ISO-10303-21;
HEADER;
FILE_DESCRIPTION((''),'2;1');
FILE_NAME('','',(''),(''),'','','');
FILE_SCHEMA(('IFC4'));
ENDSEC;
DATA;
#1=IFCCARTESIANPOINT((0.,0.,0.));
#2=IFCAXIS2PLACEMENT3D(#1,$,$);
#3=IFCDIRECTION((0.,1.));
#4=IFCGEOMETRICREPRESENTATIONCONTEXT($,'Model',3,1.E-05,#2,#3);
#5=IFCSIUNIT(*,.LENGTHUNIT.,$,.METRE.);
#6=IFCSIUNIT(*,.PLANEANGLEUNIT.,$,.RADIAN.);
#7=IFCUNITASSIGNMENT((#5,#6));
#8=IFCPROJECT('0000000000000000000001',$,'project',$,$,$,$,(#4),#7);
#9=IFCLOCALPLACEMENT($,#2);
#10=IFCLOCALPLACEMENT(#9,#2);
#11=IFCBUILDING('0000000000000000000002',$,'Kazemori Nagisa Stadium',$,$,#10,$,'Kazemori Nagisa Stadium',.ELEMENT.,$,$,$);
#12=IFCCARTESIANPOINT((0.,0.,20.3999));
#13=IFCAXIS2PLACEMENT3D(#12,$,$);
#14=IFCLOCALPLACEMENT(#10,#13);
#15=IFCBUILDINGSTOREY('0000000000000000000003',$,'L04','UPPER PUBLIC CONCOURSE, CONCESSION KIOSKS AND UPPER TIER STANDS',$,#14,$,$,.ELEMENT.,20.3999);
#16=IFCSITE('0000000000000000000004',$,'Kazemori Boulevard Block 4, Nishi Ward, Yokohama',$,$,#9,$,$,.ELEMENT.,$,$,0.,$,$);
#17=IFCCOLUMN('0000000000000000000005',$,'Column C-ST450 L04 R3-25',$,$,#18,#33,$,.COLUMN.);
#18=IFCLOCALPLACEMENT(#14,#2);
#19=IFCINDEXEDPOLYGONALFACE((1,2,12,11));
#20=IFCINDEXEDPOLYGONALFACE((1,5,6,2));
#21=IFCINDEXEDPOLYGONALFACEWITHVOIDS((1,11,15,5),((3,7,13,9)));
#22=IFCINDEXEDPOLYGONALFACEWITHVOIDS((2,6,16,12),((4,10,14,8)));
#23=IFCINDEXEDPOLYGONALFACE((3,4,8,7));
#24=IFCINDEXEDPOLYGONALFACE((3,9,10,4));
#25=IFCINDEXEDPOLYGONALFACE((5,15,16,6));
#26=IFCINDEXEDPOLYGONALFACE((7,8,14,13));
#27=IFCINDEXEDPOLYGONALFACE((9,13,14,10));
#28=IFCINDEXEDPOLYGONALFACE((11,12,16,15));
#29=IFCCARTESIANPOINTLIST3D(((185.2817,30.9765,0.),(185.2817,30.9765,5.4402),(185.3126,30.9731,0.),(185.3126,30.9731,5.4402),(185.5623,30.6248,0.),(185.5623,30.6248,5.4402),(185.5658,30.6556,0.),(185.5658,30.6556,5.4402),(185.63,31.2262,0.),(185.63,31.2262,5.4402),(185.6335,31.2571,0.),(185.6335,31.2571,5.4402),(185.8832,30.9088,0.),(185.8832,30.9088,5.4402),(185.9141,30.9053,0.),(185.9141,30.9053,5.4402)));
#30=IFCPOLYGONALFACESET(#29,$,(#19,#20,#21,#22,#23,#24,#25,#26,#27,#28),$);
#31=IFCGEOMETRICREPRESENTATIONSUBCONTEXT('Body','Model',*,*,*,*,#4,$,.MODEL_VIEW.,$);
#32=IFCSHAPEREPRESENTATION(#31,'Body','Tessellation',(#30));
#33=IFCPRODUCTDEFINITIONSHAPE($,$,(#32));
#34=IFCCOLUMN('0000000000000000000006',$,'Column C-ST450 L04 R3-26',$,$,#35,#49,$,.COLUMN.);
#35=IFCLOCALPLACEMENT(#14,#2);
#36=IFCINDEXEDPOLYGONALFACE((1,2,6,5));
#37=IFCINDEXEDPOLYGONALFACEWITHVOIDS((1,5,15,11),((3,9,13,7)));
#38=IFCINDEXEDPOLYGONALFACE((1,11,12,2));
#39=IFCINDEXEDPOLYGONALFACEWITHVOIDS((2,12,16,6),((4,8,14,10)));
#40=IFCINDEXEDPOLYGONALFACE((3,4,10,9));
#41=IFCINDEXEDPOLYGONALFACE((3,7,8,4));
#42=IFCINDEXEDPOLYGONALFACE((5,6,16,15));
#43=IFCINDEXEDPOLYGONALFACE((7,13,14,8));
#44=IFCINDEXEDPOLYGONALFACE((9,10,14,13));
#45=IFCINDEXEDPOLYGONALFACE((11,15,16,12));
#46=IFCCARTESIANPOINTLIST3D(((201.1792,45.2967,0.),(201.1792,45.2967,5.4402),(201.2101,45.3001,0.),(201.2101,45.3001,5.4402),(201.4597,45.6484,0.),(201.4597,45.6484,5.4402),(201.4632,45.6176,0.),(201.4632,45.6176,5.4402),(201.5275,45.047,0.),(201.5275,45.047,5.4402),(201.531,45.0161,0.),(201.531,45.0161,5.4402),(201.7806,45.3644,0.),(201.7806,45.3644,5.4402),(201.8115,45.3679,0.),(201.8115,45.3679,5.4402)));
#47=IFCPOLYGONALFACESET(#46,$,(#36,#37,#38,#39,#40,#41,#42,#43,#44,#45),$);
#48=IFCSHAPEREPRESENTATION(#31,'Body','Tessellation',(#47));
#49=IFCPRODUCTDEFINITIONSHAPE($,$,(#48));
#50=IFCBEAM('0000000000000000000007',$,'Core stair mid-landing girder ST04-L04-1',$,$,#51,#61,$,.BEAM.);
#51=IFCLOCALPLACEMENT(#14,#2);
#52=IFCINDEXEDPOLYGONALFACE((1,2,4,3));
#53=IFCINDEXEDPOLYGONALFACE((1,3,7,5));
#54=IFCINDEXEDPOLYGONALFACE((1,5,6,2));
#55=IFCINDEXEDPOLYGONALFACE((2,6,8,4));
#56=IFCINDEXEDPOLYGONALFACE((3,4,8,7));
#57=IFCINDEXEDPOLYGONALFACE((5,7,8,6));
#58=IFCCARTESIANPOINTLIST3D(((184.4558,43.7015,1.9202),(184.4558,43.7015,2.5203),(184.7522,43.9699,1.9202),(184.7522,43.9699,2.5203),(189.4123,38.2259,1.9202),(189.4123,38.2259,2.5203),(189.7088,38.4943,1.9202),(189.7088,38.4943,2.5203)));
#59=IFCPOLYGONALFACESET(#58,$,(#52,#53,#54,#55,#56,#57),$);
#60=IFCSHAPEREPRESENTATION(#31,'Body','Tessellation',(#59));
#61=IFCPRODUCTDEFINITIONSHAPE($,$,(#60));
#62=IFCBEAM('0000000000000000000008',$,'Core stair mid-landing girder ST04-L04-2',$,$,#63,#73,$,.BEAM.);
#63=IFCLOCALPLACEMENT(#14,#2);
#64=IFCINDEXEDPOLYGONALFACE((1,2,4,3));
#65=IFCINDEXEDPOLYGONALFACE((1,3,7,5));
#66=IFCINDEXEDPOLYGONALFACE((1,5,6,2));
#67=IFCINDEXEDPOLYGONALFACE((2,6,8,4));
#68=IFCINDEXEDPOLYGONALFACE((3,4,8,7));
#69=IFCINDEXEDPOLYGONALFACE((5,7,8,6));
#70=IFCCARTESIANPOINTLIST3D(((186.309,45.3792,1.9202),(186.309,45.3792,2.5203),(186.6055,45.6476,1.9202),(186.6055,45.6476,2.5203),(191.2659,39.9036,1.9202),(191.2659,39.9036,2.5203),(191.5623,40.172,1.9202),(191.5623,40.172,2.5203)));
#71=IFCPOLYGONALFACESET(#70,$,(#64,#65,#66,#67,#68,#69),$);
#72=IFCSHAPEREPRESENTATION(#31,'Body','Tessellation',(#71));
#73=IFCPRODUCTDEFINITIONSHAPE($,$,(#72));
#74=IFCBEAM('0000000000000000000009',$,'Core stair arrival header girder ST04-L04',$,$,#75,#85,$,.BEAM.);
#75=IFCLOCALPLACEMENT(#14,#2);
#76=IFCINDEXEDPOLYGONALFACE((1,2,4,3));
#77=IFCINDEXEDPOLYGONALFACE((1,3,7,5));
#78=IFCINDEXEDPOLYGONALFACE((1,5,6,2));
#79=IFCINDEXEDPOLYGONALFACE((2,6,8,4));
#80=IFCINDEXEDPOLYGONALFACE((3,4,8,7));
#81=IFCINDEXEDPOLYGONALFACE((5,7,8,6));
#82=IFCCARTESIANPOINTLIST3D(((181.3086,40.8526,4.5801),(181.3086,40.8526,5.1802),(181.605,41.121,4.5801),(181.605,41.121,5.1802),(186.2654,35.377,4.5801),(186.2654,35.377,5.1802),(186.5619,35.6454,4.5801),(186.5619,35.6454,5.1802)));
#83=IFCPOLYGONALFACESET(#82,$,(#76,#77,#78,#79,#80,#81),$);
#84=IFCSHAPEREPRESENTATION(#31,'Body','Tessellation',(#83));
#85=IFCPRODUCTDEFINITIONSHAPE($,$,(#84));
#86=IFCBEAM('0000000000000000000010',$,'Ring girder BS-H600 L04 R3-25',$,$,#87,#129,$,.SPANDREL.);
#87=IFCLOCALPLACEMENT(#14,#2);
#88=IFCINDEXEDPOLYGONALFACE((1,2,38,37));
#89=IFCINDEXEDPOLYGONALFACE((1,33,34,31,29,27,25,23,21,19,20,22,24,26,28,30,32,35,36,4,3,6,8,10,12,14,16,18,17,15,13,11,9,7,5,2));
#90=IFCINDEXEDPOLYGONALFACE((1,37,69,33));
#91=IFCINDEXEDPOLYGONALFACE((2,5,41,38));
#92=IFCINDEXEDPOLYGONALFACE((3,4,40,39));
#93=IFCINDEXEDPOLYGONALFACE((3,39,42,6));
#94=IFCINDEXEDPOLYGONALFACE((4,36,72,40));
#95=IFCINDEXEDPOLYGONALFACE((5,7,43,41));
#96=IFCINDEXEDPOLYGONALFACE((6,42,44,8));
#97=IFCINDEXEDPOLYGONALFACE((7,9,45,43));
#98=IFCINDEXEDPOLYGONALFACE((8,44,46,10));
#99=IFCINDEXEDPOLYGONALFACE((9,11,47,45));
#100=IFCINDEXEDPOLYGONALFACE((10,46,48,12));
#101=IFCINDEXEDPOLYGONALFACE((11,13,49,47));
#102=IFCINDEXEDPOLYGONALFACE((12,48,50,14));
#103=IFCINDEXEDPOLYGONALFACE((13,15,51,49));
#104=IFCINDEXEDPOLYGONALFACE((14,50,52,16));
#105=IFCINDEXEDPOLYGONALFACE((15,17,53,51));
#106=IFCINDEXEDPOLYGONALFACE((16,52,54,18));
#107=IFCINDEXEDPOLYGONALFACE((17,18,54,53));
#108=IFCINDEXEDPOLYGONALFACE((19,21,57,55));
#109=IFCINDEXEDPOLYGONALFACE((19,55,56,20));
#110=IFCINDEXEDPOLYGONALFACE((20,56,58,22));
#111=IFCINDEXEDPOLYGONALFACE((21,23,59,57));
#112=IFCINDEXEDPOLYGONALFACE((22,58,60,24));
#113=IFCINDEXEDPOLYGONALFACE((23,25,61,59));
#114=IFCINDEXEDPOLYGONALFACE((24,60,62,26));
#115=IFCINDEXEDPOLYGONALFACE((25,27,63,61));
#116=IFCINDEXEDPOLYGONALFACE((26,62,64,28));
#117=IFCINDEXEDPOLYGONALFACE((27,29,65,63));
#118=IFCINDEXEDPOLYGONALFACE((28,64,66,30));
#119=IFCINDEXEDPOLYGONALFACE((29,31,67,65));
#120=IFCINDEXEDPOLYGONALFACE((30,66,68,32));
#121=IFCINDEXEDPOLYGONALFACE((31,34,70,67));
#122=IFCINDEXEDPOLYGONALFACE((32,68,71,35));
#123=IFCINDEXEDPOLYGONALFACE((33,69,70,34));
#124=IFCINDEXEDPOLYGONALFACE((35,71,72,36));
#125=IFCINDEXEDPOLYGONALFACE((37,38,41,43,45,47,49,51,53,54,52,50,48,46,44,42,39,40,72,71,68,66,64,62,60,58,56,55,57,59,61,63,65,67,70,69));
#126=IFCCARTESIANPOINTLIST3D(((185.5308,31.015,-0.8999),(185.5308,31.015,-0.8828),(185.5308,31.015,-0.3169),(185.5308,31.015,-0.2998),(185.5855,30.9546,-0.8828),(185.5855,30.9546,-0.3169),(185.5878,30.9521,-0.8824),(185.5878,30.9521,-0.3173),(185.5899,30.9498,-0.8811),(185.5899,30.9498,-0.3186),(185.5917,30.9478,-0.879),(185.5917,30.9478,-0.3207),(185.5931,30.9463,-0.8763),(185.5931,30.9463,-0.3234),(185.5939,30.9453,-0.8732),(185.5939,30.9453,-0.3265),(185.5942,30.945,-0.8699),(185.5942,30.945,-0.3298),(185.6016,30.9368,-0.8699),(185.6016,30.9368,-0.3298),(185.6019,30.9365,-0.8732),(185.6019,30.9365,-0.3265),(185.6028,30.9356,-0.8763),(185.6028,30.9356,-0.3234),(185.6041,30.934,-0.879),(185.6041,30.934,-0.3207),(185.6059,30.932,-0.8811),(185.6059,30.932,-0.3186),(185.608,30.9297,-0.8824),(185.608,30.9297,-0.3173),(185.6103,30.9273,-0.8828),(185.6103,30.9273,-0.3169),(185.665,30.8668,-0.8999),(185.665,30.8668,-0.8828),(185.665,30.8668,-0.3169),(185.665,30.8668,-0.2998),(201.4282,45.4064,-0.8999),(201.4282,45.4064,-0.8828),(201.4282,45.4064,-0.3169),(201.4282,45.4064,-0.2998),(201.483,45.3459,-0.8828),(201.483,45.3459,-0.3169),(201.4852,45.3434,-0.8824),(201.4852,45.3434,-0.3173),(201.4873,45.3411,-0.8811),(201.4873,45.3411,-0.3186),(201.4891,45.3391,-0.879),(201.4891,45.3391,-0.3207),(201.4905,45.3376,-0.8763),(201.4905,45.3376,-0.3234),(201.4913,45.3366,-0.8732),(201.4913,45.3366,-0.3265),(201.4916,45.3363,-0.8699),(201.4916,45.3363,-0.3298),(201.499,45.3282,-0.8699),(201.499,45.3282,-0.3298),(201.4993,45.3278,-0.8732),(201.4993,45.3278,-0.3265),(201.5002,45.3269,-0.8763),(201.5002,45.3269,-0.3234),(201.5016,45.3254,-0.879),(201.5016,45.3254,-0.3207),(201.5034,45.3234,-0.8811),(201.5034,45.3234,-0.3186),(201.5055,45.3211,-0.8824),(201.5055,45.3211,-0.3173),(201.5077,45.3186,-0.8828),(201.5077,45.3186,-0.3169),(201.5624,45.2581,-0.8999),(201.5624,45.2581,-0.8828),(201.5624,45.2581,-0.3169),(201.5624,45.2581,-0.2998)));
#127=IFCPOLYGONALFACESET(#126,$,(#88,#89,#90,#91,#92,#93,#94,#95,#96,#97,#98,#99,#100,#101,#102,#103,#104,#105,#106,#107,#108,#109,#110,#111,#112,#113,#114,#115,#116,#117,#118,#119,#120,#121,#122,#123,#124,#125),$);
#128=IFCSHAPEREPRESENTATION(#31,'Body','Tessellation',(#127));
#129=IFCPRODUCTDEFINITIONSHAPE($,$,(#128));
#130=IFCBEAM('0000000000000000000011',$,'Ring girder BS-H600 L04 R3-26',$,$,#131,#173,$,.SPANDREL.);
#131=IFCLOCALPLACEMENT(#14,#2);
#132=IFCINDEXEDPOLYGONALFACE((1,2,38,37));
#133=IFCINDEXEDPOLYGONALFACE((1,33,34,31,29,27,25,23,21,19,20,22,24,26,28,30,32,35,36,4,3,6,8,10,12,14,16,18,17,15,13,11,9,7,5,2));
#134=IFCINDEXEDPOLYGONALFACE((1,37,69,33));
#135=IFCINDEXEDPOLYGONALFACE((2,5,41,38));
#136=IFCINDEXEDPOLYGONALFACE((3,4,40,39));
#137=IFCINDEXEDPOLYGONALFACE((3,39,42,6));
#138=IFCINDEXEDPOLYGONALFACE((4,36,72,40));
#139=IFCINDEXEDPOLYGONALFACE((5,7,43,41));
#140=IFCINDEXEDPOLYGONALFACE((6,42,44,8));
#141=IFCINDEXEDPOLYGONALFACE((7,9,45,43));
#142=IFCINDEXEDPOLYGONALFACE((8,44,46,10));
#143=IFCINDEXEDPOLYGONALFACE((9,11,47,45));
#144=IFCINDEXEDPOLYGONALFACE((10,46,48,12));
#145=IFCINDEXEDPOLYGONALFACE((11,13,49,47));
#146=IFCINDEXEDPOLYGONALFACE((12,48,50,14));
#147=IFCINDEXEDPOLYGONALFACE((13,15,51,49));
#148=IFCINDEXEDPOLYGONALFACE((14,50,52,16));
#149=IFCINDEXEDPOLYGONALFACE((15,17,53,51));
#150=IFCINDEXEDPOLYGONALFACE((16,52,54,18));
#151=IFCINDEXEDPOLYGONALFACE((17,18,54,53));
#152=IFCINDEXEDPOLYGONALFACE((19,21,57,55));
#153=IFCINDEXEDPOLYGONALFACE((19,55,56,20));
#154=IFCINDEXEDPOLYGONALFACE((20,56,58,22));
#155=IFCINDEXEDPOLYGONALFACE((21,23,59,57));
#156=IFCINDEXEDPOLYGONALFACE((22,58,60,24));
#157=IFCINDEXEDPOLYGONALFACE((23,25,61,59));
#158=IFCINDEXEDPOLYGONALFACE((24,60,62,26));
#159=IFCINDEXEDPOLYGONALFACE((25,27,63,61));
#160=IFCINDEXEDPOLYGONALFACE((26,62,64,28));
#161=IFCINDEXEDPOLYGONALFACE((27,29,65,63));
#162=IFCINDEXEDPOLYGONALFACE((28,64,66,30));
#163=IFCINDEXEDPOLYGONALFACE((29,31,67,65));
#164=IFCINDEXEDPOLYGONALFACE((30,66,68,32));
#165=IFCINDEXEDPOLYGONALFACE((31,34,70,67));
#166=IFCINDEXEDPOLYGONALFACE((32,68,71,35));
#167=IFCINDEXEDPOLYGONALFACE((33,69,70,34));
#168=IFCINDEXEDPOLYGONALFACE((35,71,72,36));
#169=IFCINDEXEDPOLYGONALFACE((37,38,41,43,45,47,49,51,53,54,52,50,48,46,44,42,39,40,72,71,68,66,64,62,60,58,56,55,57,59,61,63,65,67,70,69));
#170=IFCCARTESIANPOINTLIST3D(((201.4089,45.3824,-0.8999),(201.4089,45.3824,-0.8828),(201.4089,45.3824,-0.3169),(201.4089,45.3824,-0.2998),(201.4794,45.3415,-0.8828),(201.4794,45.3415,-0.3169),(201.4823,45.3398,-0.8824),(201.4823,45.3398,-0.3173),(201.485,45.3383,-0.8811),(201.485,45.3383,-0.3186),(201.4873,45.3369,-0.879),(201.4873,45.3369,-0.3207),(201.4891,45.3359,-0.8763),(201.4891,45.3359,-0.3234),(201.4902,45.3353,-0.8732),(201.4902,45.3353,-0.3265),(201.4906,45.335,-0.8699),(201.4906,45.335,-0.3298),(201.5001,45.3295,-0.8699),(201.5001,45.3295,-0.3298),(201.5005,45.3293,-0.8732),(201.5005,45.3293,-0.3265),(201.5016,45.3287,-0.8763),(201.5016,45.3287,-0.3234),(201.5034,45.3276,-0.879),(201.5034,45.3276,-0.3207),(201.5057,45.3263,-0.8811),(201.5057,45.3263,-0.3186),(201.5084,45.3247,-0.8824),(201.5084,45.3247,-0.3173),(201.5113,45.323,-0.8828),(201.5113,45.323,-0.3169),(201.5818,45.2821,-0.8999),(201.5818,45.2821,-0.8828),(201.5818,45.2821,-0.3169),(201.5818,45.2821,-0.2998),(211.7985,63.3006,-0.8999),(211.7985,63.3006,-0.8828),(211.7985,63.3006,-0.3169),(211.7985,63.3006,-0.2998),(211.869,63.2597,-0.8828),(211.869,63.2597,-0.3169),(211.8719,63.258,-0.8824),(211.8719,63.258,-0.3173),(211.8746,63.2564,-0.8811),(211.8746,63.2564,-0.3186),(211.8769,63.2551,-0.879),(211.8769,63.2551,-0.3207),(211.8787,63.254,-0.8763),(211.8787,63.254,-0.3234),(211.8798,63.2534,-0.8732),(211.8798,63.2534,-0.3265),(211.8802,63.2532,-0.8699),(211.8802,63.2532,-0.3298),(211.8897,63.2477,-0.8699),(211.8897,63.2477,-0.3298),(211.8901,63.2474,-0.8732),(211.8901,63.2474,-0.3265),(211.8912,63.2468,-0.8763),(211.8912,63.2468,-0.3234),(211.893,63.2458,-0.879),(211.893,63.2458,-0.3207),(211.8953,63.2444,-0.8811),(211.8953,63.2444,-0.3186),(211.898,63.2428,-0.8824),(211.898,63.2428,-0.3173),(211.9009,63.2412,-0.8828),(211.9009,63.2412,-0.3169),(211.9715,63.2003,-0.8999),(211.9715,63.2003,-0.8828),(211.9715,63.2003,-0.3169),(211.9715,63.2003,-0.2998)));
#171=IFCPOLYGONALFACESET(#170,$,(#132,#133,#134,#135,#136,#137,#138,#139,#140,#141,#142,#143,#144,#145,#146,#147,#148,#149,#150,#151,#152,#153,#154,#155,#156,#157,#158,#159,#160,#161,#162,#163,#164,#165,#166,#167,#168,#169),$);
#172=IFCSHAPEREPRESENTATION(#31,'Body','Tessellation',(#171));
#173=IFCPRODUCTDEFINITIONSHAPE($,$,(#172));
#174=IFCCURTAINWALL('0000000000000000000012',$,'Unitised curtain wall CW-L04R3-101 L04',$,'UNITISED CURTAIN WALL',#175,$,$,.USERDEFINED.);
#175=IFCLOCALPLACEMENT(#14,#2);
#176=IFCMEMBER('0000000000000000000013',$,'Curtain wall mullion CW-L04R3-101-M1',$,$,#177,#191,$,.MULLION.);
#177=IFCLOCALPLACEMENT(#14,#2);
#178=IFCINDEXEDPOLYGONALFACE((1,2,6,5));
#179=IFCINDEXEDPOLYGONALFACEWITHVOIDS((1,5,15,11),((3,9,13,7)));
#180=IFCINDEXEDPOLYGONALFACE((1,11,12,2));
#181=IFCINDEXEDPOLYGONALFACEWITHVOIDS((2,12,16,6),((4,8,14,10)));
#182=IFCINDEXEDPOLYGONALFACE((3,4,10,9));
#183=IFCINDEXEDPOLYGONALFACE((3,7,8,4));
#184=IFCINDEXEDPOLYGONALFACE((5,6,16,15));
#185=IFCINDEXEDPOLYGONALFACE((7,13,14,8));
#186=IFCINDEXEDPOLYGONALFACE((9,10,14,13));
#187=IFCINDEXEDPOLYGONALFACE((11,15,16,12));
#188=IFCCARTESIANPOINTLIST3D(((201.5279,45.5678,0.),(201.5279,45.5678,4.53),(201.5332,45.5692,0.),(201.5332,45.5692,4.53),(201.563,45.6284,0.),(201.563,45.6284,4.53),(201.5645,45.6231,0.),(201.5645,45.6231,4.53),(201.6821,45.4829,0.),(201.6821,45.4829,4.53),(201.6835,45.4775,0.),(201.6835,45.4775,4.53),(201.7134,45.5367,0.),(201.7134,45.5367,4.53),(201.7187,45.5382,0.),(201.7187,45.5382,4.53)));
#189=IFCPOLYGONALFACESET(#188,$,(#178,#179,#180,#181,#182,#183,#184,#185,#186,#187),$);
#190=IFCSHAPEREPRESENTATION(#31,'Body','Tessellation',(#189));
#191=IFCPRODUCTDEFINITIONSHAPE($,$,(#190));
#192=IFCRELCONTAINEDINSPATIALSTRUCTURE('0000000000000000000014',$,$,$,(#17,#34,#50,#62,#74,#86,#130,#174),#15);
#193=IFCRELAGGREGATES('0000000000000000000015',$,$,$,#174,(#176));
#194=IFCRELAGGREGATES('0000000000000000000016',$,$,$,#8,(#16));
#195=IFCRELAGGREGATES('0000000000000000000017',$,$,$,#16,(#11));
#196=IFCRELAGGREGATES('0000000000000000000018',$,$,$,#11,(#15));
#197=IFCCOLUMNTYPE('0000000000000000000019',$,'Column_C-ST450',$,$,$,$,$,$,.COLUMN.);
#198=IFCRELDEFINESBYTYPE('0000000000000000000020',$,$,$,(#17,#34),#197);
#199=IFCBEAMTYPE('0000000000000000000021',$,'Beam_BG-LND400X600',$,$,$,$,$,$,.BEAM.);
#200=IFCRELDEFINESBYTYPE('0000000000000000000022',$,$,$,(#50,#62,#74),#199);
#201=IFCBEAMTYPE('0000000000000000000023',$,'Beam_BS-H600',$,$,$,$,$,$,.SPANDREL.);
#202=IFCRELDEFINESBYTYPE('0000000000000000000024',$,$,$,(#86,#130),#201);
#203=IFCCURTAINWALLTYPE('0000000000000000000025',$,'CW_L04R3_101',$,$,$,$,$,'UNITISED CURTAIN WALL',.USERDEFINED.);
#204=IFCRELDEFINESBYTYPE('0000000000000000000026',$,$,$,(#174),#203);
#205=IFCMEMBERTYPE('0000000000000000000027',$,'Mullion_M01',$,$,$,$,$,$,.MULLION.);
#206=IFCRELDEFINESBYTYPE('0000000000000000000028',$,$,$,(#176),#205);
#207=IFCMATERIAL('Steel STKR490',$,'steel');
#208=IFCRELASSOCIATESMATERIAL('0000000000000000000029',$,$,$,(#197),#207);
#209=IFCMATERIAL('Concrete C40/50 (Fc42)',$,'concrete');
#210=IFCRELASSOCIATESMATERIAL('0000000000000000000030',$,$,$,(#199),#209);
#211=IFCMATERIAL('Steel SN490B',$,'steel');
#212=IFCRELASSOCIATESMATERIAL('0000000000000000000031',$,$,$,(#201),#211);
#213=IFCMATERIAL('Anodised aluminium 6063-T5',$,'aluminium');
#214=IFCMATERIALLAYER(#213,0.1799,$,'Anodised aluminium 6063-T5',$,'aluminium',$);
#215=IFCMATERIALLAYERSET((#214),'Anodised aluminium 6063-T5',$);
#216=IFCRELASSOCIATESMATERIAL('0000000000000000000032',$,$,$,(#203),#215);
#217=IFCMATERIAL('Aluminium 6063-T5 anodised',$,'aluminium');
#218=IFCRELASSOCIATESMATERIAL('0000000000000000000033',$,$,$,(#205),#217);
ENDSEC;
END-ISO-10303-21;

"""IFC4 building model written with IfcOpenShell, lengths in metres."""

from ifc_helpers import new_model, si_unit, direction, frame, origin, origin_2d, place, context, subcontext, project, spatial, rectangle, hollow_rectangle, i_section, extrude, material, layer, layer_set, material_profile, profile_set, type_object, element, aggregate, save


model = new_model("IFC4")

# Units and contexts
model_context = context("Model", 3, precision=1e-05, world=origin(), true_north=direction((0.0, 1.0)))
body_context = subcontext(model_context, "Body", "Model", "MODEL_VIEW")
ifc_project = project(units=[si_unit("LENGTHUNIT", "METRE"), si_unit("PLANEANGLEUNIT", "RADIAN")], contexts=[model_context])

# Site, building, storey
site_placement = place(None, origin())
site = spatial("IfcSite", under=ifc_project, at=site_placement, Name="Kazemori Boulevard Block 4, Nishi Ward, Yokohama", CompositionType="ELEMENT", RefElevation=0.0)
building_placement = place(site_placement, origin())
building = spatial("IfcBuilding", under=site, at=building_placement, Name="Kazemori Nagisa Stadium", LongName="Kazemori Nagisa Stadium", CompositionType="ELEMENT")
storey_placement = place(building_placement, frame((0.0, 0.0, 20.3999)))
storey = spatial("IfcBuildingStorey", under=building, at=storey_placement, Name="L04", Description="UPPER PUBLIC CONCOURSE, CONCESSION KIOSKS AND UPPER TIER STANDS", CompositionType="ELEMENT", Elevation=20.3999)

# Columns
ifc_material_1 = material(Name="Steel STKR490", Category="steel")
ifc_material_profile_1 = material_profile(ifc_material_1, hollow_rectangle(XDim=0.45, YDim=0.45, WallThickness=0.022, at=origin_2d()), Name="SHS-450x450x22")
ifc_profile_set_1 = profile_set([ifc_material_profile_1], Name="Steel STKR490")
column_type = type_object("IfcColumnType", Name="Column_C-ST450", PredefinedType="COLUMN", material=ifc_profile_set_1)
for number, where, z_axis, x_axis, name in (
    (1, (185.5979, 30.9409, 0.0), (0.0, 0.0, 1.0), (0.62349, -0.781831, 0.0), "Column C-ST450 L04 R3-25"),
    (2, (201.4954, 45.3323, 0.0), (0.0, 0.0, 1.0), (0.781831, -0.62349, 0.0), "Column C-ST450 L04 R3-26"),
):
    element("IfcColumn", number, at=place(storey_placement, frame(where, z_axis=z_axis, x_axis=x_axis)), inside=storey, type_object=column_type, Name=name, PredefinedType="COLUMN", context=body_context, shape_type="SweptSolid", body=[
        extrude(hollow_rectangle(XDim=0.45, YDim=0.45, WallThickness=0.022, at=origin_2d()), origin(), (0.0, 0.0, 1.0), 5.4402),
    ])

# Beams
ifc_material_2 = material(Name="Concrete C40/50 (Fc42)", Category="concrete")
ifc_material_profile_2 = material_profile(ifc_material_2, rectangle(XDim=0.3999, YDim=0.6001, at=origin_2d()), Name="RC-BM-400x600")
ifc_profile_set_2 = profile_set([ifc_material_profile_2], Name="Concrete C40/50 (Fc42)")
beam_type_1 = type_object("IfcBeamType", Name="Beam_BG-LND400X600", PredefinedType="BEAM", material=ifc_profile_set_2)
beam_1_placement = place(storey_placement, frame((184.604, 43.8357, 2.2202), z_axis=(0.671095, -0.741371, 0.0), x_axis=(0.741371, 0.671095, 0.0)))
element("IfcBeam", 3, at=beam_1_placement, inside=storey, type_object=beam_type_1, Name="Core stair mid-landing girder ST04-L04-1", PredefinedType="BEAM", context=body_context, shape_type="SweptSolid", body=[
    extrude(rectangle(XDim=0.3999, YDim=0.6001, at=origin_2d()), origin(), (0.0, 0.0, 1.0), 7.3857),
])
for number, where, z_axis, x_axis, name in (
    (4, (186.4573, 45.5134, 2.2202), (0.671113, -0.741355, 0.0), (0.741355, 0.671113, 0.0), "Core stair mid-landing girder ST04-L04-2"),
    (5, (181.4568, 40.9868, 4.8801), (0.671113, -0.741355, 0.0), (0.741355, 0.671113, 0.0), "Core stair arrival header girder ST04-L04"),
):
    element("IfcBeam", number, at=place(storey_placement, frame(where, z_axis=z_axis, x_axis=x_axis)), inside=storey, type_object=beam_type_1, Name=name, PredefinedType="BEAM", context=body_context, shape_type="SweptSolid", body=[
        extrude(rectangle(XDim=0.3999, YDim=0.6001, at=origin_2d()), origin(), (0.0, 0.0, 1.0), 7.386),
    ])
ifc_material_3 = material(Name="Steel SN490B", Category="steel")
ifc_material_profile_3 = material_profile(ifc_material_3, i_section(OverallWidth=0.2, OverallDepth=0.6001, WebThickness=0.011, FlangeThickness=0.0171, FilletRadius=0.0129, at=origin_2d()), Name="H-600x200x11x17")
ifc_profile_set_3 = profile_set([ifc_material_profile_3], Name="Steel SN490B")
beam_type_2 = type_object("IfcBeamType", Name="Beam_BS-H600", PredefinedType="SPANDREL", material=ifc_profile_set_3)
beam_2_placement = place(storey_placement, frame((185.5979, 30.9409, -0.5999), z_axis=(0.741352, 0.671117, 0.0), x_axis=(-0.671117, 0.741352, 0.0)))
element("IfcBeam", 6, at=beam_2_placement, inside=storey, type_object=beam_type_2, Name="Ring girder BS-H600 L04 R3-25", PredefinedType="SPANDREL", context=body_context, shape_type="SweptSolid", body=[
    extrude(i_section(OverallWidth=0.2, OverallDepth=0.6001, WebThickness=0.011, FlangeThickness=0.0171, FilletRadius=0.0129, at=origin_2d()), origin(), (0.0, 0.0, 1.0), 21.4438),
])
beam_3_placement = place(storey_placement, frame((201.4954, 45.3323, -0.5999), z_axis=(0.501613, 0.865092, 0.0), x_axis=(-0.865092, 0.501613, 0.0)))
element("IfcBeam", 7, at=beam_3_placement, inside=storey, type_object=beam_type_2, Name="Ring girder BS-H600 L04 R3-26", PredefinedType="SPANDREL", context=body_context, shape_type="SweptSolid", body=[
    extrude(i_section(OverallWidth=0.2, OverallDepth=0.6001, WebThickness=0.011, FlangeThickness=0.0171, FilletRadius=0.0129, at=origin_2d()), origin(), (0.0, 0.0, 1.0), 20.7124),
])

# Curtain wall, member
ifc_material_4 = material(Name="Anodised aluminium 6063-T5", Category="aluminium")
ifc_layer_1 = layer(ifc_material_4, 0.1799, Name="Anodised aluminium 6063-T5", Category="aluminium")
ifc_layer_set_1 = layer_set([ifc_layer_1], Name="Anodised aluminium 6063-T5")
curtain_wall_type = type_object("IfcCurtainWallType", Name="CW_L04R3_101", ElementType="UNITISED CURTAIN WALL", PredefinedType="USERDEFINED", material=ifc_layer_set_1)
curtain_wall_placement = place(storey_placement, origin())
curtain_wall = element("IfcCurtainWall", 8, at=curtain_wall_placement, inside=storey, type_object=curtain_wall_type, Name="Unitised curtain wall CW-L04R3-101 L04", ObjectType="UNITISED CURTAIN WALL", PredefinedType="USERDEFINED")
ifc_material_5 = material(Name="Aluminium 6063-T5 anodised", Category="aluminium")
ifc_material_profile_4 = material_profile(ifc_material_5, hollow_rectangle(XDim=0.0701, YDim=0.1799, WallThickness=0.0039, at=origin_2d()), Name="ALU-MULL-70x180x4")
ifc_profile_set_4 = profile_set([ifc_material_profile_4], Name="Aluminium 6063-T5 anodised")
member_type_1 = type_object("IfcMemberType", Name="Mullion_M01", PredefinedType="MULLION", material=ifc_profile_set_4)
member_1_placement = place(storey_placement, frame((201.6233, 45.553, 0.0), z_axis=(0.0, 0.0, 1.0), x_axis=(0.501612, 0.865093, 0.0)))
member_1 = element("IfcMember", 9, at=member_1_placement, type_object=member_type_1, Name="Curtain wall mullion CW-L04R3-101-M1", PredefinedType="MULLION", context=body_context, shape_type="SweptSolid", body=[
    extrude(hollow_rectangle(XDim=0.0701, YDim=0.1799, WallThickness=0.0039, at=origin_2d()), origin(), (0.0, 0.0, 1.0), 4.53),
])
aggregate(curtain_wall, [member_1])

save(model, "model.ifc")
